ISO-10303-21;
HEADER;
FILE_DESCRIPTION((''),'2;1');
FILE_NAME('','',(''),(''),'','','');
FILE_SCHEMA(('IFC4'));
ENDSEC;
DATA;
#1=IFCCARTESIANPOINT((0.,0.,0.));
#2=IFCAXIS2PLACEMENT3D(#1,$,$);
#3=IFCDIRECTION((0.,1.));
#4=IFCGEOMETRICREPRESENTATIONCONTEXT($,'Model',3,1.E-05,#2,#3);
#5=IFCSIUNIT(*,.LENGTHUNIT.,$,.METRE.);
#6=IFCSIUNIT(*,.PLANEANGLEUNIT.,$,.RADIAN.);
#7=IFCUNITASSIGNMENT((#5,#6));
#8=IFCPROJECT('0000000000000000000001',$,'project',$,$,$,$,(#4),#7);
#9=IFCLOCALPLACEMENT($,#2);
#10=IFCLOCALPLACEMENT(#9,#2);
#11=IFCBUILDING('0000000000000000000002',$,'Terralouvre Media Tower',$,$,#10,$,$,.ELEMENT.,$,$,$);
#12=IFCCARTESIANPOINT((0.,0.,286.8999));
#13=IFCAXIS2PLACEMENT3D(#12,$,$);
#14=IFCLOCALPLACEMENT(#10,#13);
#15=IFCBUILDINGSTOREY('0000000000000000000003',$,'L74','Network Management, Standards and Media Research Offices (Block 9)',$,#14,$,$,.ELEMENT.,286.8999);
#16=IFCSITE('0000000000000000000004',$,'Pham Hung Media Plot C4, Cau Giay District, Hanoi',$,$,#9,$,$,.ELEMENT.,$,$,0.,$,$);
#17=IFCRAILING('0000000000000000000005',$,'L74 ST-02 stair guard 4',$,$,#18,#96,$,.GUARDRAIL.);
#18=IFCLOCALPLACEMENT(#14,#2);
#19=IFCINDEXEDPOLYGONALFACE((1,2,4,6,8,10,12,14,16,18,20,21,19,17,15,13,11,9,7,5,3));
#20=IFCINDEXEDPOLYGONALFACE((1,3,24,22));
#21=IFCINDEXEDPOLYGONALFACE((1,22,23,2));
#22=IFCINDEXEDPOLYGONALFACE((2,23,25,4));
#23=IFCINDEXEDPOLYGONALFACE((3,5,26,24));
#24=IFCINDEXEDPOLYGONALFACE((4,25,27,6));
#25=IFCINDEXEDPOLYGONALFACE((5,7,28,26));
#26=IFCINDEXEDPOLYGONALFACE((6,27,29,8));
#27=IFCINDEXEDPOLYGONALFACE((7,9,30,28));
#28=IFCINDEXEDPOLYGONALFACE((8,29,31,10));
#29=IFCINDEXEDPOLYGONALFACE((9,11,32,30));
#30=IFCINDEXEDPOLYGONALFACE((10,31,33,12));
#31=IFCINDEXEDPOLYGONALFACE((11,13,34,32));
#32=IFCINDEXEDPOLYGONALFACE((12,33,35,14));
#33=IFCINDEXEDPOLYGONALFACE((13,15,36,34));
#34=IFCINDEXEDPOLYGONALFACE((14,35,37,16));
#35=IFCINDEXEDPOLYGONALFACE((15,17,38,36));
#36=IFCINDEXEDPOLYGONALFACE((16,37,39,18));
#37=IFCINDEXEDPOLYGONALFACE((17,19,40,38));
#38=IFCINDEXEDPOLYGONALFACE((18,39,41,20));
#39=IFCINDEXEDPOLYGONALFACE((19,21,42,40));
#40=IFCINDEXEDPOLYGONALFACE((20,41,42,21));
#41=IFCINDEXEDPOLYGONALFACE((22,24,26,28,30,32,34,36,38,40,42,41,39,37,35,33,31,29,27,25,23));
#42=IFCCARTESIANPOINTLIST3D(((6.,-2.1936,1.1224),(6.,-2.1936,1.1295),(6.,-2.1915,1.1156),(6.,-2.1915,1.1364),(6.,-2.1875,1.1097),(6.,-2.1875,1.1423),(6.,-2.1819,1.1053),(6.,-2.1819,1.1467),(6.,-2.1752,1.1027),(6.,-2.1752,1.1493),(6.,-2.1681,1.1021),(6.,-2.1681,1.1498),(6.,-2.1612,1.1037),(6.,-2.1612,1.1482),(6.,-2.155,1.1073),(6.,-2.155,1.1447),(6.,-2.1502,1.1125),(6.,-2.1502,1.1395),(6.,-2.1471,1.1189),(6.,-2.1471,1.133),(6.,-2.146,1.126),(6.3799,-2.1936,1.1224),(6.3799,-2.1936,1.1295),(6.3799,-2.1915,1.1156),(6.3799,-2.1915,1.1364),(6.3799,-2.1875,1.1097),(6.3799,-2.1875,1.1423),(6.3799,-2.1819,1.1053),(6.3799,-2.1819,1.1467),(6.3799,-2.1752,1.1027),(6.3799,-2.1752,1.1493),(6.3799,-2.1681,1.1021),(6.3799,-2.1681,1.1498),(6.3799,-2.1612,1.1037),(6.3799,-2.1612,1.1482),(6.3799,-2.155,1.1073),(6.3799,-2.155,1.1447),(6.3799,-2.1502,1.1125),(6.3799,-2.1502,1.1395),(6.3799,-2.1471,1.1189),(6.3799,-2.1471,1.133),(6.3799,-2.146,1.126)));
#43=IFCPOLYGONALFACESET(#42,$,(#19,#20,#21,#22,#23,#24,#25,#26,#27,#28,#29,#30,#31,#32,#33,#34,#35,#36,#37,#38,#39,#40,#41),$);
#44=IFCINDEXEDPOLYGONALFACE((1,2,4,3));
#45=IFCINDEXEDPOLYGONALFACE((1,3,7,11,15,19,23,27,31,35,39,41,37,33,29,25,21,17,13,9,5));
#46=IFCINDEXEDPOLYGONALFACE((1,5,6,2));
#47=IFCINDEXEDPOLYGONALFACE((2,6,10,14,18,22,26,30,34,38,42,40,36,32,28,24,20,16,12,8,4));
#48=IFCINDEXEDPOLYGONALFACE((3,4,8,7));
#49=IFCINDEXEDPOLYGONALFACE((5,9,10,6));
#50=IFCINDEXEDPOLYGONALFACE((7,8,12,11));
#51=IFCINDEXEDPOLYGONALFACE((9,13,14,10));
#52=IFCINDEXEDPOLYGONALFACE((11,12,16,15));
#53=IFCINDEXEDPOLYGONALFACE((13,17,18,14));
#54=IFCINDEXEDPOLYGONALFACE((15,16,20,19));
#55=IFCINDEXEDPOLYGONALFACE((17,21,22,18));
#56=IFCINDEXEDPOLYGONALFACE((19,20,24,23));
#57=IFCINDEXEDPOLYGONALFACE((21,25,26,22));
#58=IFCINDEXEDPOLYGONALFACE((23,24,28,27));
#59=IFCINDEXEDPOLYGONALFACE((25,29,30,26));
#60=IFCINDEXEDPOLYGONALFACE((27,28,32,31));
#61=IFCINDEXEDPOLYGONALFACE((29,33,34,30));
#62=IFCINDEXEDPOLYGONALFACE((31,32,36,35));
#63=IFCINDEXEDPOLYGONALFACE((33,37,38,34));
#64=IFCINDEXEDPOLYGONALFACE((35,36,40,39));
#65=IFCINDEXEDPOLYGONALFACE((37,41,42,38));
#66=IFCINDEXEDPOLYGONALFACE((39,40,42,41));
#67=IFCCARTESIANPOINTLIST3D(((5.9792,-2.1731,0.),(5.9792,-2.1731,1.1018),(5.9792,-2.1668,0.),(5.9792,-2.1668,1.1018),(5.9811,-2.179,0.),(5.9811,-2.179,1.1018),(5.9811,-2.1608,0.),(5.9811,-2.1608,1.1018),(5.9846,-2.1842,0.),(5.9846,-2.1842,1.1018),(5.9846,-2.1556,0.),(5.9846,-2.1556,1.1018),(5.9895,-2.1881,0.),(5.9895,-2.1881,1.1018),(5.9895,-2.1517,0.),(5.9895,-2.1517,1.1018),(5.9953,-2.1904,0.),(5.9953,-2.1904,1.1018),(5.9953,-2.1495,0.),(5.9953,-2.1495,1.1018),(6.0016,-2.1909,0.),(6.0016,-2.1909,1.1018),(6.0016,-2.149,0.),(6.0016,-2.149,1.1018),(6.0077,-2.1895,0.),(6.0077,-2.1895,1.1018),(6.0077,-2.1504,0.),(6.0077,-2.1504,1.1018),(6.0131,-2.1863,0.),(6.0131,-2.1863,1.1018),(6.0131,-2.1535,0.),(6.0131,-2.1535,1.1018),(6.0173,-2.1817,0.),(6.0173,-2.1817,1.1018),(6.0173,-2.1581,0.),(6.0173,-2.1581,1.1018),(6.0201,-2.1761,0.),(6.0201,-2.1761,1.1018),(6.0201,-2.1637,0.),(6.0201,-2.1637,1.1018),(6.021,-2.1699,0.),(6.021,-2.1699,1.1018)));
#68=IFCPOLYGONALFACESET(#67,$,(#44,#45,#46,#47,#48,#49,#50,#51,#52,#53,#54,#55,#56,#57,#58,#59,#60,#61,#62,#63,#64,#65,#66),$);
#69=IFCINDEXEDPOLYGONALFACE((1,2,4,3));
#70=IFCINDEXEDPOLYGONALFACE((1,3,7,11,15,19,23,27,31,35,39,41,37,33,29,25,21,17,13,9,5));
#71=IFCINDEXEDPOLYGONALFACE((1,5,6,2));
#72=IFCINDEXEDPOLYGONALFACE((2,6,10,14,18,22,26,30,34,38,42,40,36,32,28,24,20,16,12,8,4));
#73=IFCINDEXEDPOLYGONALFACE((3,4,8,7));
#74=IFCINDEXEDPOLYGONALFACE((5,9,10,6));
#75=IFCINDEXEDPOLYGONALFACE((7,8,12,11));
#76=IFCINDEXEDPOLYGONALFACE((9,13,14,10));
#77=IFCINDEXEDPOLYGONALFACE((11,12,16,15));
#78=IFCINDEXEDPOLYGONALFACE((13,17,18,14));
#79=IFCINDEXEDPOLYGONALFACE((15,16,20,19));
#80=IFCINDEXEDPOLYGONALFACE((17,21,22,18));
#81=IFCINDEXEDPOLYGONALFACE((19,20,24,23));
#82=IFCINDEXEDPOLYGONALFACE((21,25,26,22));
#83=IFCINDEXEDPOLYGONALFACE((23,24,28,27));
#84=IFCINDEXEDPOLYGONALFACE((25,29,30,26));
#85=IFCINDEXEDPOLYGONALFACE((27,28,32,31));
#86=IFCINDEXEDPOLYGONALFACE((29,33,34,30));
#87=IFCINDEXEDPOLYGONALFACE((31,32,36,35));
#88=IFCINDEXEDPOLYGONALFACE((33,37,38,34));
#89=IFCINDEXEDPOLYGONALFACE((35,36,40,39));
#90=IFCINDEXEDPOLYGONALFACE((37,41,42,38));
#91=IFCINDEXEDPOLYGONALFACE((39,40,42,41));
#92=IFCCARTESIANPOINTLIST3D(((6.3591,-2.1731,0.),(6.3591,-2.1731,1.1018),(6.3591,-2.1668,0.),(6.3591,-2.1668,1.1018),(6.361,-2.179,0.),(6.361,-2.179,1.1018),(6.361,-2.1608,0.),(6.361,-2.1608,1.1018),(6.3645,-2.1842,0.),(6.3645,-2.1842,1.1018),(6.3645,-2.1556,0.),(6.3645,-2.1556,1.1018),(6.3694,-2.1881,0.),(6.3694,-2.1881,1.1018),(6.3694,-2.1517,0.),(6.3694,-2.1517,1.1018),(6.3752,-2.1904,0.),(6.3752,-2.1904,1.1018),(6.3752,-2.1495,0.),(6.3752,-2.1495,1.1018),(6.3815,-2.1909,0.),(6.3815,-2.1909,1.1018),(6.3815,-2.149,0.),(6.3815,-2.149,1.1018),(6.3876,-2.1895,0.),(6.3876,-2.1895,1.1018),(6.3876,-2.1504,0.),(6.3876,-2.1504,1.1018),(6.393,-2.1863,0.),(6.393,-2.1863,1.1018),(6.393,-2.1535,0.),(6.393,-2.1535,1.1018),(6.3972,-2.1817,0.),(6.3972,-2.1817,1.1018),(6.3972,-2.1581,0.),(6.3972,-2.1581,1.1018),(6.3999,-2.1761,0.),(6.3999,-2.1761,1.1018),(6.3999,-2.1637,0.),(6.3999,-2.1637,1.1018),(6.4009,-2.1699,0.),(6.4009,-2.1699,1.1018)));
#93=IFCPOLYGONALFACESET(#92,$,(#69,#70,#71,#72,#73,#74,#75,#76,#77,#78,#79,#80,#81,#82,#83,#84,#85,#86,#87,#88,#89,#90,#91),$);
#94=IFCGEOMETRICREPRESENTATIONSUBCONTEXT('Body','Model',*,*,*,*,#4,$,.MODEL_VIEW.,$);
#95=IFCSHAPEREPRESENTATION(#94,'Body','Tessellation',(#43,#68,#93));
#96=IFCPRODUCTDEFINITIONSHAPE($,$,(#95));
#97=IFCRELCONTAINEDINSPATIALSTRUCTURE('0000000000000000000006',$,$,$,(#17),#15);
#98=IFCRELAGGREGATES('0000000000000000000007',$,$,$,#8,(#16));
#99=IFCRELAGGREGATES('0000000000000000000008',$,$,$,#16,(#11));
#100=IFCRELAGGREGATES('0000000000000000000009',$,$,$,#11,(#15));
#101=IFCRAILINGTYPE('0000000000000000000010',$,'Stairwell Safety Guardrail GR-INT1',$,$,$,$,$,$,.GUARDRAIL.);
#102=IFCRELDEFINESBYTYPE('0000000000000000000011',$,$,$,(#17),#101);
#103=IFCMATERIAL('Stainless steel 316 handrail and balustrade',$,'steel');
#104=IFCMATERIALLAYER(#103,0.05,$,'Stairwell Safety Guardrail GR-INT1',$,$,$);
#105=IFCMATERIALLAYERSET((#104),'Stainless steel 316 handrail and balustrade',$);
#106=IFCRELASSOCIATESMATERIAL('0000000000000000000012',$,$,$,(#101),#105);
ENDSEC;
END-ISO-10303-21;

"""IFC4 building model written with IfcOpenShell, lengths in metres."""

from ifc_helpers import new_model, si_unit, direction, frame, origin, origin_2d, place, context, subcontext, project, spatial, circle, extrude, material, layer, layer_set, type_object, element, save


model = new_model("IFC4")

# Units and contexts
model_context = context("Model", 3, precision=1e-05, world=origin(), true_north=direction((0.0, 1.0)))
body_context = subcontext(model_context, "Body", "Model", "MODEL_VIEW")
ifc_project = project(units=[si_unit("LENGTHUNIT", "METRE"), si_unit("PLANEANGLEUNIT", "RADIAN")], contexts=[model_context])

# Site, building, storey
site_placement = place(None, origin())
site = spatial("IfcSite", under=ifc_project, at=site_placement, Name="Pham Hung Media Plot C4, Cau Giay District, Hanoi", CompositionType="ELEMENT", RefElevation=0.0)
building_placement = place(site_placement, origin())
building = spatial("IfcBuilding", under=site, at=building_placement, Name="Terralouvre Media Tower", CompositionType="ELEMENT")
storey_placement = place(building_placement, frame((0.0, 0.0, 286.8999)))
storey = spatial("IfcBuildingStorey", under=building, at=storey_placement, Name="L74", Description="Network Management, Standards and Media Research Offices (Block 9)", CompositionType="ELEMENT", Elevation=286.8999)

# Railing
ifc_material_1 = material(Name="Stainless steel 316 handrail and balustrade", Category="steel")
ifc_layer_1 = layer(ifc_material_1, 0.05, Name="Stairwell Safety Guardrail GR-INT1")
ifc_layer_set_1 = layer_set([ifc_layer_1], Name="Stainless steel 316 handrail and balustrade")
railing_type_1 = type_object("IfcRailingType", Name="Stairwell Safety Guardrail GR-INT1", PredefinedType="GUARDRAIL", material=ifc_layer_set_1)
railing_1_placement = place(storey_placement, frame((6.0, -2.1699, 0.0)))
element("IfcRailing", 1, at=railing_1_placement, inside=storey, type_object=railing_type_1, Name="L74 ST-02 stair guard 4", PredefinedType="GUARDRAIL", context=body_context, shape_type="SweptSolid", body=[
    extrude(circle(Radius=0.0239, at=origin_2d()), frame((0.0, 0.0, 1.126), z_axis=(1.0, 0.0, 0.0), x_axis=(0.0, 1.0, 0.0)), (0.0, 0.0, 1.0), 0.3799),
    extrude(circle(Radius=0.021, at=origin_2d()), origin(), (0.0, 0.0, 1.0), 1.1018),
    extrude(circle(Radius=0.021, at=origin_2d()), frame((0.3799, 0.0, 0.0)), (0.0, 0.0, 1.0), 1.1018),
])

save(model, "model.ifc")
